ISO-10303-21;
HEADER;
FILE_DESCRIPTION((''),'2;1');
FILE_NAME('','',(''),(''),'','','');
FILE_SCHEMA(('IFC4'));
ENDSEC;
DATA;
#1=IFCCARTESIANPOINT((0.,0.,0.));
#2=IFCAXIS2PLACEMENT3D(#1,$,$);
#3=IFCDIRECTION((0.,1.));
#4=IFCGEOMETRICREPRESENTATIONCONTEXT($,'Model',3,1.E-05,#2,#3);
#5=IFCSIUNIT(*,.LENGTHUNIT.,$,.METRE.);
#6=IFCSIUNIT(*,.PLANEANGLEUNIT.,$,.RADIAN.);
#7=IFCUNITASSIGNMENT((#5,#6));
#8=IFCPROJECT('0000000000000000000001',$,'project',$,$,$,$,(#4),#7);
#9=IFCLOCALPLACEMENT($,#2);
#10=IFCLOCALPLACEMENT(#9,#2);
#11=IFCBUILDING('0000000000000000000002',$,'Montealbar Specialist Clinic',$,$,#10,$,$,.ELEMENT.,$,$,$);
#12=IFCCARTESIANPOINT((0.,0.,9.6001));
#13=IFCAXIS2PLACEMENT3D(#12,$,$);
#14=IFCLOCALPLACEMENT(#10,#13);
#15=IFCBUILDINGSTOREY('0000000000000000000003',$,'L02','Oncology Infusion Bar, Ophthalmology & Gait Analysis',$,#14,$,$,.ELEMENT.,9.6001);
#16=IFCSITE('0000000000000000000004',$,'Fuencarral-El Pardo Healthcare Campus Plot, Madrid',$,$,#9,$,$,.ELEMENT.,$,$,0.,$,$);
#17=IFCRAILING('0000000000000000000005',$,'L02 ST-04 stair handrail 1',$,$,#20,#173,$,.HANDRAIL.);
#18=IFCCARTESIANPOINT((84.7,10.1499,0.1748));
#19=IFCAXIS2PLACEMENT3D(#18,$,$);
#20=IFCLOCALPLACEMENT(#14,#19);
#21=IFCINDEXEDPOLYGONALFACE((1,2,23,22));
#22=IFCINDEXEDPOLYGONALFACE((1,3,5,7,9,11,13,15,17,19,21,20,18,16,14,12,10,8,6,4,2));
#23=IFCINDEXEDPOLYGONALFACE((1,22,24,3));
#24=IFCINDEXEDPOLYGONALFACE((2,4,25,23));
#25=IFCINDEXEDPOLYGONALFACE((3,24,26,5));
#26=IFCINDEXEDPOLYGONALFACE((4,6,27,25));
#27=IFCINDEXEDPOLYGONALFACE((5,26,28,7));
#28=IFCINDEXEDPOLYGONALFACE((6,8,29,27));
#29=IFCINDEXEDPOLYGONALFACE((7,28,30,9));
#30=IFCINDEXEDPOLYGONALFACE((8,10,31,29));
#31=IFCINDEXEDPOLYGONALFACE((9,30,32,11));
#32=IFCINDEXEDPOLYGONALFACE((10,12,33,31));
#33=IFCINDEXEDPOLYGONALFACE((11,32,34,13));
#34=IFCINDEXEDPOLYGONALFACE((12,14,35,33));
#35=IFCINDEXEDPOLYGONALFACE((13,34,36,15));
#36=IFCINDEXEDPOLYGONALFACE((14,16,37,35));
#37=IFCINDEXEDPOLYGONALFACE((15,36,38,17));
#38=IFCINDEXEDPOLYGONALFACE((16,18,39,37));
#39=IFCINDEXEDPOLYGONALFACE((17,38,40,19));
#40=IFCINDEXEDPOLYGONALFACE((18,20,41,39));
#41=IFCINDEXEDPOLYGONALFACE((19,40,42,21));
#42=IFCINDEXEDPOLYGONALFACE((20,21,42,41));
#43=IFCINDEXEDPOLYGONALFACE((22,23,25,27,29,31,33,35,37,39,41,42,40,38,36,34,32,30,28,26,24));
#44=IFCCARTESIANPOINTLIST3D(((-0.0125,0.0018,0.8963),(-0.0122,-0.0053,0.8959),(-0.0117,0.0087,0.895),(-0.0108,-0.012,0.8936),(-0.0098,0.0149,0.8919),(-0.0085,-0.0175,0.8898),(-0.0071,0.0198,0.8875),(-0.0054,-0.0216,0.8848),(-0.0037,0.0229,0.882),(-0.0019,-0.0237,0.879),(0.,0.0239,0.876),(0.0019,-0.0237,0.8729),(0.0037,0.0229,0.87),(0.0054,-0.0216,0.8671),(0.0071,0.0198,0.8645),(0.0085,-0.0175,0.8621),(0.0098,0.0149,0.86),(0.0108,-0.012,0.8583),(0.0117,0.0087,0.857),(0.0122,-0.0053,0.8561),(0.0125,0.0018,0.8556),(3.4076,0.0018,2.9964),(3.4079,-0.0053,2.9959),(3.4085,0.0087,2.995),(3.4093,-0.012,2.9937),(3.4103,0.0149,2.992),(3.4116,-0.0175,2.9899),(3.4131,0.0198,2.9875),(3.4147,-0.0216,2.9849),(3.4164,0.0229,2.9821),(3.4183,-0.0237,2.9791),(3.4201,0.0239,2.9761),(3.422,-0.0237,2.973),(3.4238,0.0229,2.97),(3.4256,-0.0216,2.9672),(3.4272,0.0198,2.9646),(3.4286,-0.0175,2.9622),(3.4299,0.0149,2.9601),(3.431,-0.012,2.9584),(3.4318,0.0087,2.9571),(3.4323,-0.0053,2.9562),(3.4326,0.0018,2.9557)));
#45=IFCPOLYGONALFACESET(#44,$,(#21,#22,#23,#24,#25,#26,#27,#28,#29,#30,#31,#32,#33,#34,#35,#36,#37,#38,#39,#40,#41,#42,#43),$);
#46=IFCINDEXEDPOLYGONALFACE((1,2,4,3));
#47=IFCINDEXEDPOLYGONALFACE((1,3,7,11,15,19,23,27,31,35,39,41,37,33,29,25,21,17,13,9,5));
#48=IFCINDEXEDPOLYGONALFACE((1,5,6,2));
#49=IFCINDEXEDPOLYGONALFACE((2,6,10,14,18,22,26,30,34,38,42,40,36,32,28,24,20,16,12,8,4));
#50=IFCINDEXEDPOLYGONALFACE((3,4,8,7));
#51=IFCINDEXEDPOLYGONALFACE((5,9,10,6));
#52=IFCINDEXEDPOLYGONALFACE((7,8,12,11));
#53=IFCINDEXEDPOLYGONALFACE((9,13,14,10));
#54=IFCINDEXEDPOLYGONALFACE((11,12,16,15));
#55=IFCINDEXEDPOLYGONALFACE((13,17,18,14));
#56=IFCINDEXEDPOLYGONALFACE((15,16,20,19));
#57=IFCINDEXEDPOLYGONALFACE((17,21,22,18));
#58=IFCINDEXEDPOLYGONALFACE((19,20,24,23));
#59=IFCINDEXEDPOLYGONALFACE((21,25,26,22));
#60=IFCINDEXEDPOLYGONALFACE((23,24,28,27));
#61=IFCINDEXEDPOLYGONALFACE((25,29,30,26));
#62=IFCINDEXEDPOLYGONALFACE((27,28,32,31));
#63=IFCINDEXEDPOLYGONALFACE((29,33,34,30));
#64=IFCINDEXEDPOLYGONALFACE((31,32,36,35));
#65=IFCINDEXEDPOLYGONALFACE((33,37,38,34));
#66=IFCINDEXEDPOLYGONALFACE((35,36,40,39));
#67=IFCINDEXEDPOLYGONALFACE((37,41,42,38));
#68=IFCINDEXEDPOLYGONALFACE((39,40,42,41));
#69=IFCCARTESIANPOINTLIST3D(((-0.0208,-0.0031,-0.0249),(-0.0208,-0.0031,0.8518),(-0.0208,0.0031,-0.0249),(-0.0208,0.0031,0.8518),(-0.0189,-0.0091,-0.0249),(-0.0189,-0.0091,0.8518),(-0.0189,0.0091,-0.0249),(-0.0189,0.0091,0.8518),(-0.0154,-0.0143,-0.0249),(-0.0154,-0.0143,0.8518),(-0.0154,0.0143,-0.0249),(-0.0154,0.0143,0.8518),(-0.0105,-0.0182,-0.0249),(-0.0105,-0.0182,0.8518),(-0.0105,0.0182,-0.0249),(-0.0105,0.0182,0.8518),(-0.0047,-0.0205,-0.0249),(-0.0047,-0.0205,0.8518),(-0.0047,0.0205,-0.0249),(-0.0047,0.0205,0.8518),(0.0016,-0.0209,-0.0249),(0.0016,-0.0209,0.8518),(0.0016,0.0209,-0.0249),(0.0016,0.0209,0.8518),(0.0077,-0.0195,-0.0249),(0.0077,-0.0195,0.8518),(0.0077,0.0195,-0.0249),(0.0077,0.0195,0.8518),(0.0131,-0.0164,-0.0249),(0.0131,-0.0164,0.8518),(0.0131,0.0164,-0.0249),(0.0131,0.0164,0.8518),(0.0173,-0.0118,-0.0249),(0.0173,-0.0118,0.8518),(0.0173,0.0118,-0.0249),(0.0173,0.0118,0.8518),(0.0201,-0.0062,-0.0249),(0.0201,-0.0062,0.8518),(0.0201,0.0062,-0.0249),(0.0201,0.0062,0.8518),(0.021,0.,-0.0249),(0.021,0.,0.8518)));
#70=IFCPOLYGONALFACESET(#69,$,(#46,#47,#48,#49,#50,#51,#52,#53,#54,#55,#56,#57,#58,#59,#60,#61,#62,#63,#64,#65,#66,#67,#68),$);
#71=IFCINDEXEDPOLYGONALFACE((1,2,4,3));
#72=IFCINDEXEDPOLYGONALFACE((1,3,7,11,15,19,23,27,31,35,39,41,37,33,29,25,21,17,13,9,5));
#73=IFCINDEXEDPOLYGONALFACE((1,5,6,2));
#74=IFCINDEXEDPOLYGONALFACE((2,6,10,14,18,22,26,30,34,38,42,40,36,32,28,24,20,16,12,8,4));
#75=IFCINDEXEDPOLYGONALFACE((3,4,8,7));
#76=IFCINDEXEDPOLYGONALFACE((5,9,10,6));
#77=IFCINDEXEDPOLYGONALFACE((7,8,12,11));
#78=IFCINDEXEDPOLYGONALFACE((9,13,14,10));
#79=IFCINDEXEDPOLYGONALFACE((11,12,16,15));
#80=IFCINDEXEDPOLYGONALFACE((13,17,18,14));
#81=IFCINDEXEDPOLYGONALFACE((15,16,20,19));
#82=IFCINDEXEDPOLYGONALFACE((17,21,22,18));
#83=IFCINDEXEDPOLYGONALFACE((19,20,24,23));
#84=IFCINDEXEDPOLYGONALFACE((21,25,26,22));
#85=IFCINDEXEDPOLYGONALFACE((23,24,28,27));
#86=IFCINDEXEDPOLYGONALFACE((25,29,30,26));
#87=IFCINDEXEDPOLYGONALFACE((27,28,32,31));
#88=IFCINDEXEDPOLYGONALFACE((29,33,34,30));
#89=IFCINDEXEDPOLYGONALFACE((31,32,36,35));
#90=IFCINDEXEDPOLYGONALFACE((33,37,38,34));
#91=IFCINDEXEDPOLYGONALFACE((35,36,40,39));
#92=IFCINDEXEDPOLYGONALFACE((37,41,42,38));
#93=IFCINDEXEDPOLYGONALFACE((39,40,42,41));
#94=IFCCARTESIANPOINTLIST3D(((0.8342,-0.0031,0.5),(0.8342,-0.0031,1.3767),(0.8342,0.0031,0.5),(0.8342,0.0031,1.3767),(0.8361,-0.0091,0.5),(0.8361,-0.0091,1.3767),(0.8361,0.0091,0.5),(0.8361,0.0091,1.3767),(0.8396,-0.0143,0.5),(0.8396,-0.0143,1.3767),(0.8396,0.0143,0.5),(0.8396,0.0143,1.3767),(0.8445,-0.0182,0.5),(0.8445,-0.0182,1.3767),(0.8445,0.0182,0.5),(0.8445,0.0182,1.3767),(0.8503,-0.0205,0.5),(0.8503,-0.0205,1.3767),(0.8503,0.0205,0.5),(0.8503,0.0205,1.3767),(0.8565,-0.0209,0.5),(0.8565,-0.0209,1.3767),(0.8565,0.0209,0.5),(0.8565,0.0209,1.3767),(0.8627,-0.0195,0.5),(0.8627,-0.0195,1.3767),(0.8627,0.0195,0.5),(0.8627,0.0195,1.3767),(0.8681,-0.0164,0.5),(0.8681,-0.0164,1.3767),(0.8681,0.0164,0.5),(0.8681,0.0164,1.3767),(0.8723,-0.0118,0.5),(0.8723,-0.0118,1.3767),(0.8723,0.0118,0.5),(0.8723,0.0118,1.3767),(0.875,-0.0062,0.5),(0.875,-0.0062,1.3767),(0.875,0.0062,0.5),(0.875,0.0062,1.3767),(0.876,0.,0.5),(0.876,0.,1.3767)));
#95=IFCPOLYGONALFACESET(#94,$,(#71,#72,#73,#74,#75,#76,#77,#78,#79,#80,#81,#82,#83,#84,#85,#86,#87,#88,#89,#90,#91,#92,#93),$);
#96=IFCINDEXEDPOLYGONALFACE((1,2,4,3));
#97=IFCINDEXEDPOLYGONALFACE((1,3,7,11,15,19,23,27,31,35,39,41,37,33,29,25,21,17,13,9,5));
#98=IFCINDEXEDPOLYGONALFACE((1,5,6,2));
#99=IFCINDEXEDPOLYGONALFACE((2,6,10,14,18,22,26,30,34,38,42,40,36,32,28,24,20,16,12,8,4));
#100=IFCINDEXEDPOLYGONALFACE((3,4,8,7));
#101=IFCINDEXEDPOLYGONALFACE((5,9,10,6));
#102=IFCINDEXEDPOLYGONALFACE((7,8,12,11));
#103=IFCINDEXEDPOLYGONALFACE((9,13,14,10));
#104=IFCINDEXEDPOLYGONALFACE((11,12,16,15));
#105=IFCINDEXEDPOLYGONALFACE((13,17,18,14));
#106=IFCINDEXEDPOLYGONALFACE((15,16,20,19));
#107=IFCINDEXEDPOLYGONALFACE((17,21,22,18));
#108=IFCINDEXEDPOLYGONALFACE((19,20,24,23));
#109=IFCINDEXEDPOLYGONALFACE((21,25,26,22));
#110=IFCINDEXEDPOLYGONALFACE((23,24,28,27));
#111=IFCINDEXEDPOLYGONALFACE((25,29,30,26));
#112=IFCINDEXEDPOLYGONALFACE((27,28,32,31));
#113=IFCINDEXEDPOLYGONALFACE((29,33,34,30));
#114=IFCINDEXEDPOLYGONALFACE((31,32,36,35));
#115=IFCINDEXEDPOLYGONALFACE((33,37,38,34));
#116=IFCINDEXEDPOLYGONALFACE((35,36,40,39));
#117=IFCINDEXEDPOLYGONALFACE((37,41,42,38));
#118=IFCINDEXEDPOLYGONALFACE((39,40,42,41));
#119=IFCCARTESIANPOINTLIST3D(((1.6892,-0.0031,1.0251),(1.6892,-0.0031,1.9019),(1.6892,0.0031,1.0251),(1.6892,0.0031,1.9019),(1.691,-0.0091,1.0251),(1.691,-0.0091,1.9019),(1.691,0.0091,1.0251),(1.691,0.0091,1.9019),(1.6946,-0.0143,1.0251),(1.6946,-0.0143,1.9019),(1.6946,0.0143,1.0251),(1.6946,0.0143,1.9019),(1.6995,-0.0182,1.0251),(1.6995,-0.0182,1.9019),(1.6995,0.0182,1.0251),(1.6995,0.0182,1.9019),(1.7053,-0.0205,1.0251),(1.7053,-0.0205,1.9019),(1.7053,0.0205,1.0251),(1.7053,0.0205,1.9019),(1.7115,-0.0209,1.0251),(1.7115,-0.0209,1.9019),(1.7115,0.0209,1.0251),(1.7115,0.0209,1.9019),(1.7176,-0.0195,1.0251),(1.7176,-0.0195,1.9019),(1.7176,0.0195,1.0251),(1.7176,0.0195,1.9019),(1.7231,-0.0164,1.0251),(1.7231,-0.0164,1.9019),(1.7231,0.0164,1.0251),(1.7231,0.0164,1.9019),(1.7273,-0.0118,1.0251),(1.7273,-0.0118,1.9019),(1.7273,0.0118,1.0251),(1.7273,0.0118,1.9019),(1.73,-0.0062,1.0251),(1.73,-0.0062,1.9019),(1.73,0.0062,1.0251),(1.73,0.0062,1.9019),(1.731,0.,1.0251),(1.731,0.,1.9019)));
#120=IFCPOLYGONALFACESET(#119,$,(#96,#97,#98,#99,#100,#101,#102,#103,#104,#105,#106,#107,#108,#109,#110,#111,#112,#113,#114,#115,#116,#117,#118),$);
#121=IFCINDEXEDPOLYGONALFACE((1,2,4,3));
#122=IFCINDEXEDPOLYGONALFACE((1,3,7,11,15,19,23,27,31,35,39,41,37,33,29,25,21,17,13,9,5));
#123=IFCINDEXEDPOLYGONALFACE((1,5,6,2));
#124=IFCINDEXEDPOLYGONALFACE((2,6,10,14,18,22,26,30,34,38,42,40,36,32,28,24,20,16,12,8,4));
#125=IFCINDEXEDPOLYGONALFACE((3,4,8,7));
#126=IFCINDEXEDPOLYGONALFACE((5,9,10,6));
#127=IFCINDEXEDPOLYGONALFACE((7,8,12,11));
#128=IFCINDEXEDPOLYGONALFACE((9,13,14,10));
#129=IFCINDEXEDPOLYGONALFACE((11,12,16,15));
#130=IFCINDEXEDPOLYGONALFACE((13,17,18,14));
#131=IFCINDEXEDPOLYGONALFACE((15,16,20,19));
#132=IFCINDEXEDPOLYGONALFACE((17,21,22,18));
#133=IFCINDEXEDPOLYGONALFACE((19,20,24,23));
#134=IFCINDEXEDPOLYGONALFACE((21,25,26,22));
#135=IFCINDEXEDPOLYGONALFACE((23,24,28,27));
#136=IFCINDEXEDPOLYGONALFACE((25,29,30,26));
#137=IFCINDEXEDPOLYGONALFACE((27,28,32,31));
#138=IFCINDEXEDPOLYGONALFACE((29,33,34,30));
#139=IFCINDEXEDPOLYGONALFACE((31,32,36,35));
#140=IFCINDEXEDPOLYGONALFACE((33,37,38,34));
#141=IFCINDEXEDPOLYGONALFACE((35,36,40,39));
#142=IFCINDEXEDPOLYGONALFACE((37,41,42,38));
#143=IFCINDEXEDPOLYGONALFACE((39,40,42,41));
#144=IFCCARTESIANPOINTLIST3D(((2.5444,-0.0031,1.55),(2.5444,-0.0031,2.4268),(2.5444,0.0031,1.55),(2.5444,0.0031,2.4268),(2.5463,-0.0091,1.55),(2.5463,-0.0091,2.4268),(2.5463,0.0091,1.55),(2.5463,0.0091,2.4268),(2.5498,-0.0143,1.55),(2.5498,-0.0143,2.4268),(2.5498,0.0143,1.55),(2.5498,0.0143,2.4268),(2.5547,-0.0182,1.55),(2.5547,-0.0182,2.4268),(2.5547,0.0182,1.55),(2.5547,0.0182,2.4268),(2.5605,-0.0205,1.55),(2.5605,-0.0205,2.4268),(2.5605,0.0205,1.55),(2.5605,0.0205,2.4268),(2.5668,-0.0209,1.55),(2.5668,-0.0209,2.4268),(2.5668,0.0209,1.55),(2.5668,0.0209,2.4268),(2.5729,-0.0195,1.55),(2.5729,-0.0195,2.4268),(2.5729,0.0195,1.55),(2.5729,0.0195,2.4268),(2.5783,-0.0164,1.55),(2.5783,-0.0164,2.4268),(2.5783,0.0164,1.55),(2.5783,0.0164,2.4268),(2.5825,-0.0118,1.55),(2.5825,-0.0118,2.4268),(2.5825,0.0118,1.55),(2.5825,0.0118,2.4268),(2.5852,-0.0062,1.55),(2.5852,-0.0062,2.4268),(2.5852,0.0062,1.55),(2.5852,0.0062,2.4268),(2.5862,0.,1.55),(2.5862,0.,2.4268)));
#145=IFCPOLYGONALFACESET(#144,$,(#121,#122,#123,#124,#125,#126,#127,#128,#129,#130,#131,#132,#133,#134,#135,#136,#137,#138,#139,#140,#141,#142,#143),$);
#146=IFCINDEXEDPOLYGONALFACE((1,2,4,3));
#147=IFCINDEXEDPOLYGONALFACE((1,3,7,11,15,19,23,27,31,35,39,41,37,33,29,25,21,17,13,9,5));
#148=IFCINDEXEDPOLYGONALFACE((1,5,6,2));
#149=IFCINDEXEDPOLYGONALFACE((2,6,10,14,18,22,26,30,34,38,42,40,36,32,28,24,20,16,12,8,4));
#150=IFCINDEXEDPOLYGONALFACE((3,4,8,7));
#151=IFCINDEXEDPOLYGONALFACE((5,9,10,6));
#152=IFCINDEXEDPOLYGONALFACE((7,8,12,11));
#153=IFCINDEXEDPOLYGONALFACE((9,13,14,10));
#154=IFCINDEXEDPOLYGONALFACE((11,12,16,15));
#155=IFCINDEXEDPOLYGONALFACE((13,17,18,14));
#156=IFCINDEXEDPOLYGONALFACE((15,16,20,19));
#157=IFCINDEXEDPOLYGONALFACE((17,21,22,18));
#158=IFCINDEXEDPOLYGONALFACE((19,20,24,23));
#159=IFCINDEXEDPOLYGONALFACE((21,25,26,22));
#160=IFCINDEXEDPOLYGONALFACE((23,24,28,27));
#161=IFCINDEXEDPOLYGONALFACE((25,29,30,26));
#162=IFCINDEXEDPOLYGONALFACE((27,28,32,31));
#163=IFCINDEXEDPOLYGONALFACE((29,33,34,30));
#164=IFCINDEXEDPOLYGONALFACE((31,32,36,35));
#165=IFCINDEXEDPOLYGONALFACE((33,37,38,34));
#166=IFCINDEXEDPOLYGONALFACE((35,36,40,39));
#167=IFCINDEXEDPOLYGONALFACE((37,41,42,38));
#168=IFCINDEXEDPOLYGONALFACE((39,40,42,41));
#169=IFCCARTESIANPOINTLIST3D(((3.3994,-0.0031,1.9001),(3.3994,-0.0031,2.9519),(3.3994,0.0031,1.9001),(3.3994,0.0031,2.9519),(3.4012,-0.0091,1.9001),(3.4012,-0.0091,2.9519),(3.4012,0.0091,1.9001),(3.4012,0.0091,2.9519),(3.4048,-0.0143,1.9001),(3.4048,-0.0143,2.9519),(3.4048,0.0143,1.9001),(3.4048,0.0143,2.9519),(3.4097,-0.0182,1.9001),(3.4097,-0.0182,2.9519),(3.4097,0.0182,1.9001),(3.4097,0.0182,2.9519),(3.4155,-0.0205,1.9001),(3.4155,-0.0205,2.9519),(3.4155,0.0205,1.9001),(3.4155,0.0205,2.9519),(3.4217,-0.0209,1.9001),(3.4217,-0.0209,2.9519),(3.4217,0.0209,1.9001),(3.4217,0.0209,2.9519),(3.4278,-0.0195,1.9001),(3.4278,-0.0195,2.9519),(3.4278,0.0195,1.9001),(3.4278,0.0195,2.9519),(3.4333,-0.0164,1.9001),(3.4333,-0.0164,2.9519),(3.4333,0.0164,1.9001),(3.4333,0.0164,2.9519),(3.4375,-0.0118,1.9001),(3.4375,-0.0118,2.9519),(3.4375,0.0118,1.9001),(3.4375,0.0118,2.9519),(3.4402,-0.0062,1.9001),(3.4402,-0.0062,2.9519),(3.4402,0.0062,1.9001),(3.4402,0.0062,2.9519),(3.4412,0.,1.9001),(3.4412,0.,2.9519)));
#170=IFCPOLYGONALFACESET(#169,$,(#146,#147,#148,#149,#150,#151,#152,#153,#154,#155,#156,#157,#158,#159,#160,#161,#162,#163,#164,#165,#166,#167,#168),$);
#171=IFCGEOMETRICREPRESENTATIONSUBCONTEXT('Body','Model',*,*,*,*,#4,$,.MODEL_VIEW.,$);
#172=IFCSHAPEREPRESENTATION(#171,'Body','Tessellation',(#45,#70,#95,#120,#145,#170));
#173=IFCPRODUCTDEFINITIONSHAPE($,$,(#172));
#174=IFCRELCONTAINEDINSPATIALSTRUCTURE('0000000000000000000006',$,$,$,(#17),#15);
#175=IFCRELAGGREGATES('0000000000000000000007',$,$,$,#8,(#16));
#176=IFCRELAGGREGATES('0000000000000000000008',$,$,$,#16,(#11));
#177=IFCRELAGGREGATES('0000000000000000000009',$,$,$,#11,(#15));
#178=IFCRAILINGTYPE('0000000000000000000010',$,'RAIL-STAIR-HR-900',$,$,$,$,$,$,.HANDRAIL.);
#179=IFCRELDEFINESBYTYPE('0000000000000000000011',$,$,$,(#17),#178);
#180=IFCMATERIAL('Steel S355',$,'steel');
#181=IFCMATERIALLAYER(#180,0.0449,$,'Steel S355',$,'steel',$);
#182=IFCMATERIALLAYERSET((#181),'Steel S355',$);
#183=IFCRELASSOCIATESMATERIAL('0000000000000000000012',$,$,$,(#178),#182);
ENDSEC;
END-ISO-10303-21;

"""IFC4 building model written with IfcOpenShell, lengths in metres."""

from ifc_helpers import new_model, si_unit, direction, frame, origin, origin_2d, place, context, subcontext, project, spatial, circle, extrude, material, layer, layer_set, type_object, element, save


model = new_model("IFC4")

# Units and contexts
model_context = context("Model", 3, precision=1e-05, world=origin(), true_north=direction((0.0, 1.0)))
body_context = subcontext(model_context, "Body", "Model", "MODEL_VIEW")
ifc_project = project(units=[si_unit("LENGTHUNIT", "METRE"), si_unit("PLANEANGLEUNIT", "RADIAN")], contexts=[model_context])

# Site, building, storey
site_placement = place(None, origin())
site = spatial("IfcSite", under=ifc_project, at=site_placement, Name="Fuencarral-El Pardo Healthcare Campus Plot, Madrid", CompositionType="ELEMENT", RefElevation=0.0)
building_placement = place(site_placement, origin())
building = spatial("IfcBuilding", under=site, at=building_placement, Name="Montealbar Specialist Clinic", CompositionType="ELEMENT")
storey_placement = place(building_placement, frame((0.0, 0.0, 9.6001)))
storey = spatial("IfcBuildingStorey", under=building, at=storey_placement, Name="L02", Description="Oncology Infusion Bar, Ophthalmology & Gait Analysis", CompositionType="ELEMENT", Elevation=9.6001)

# Shared definitions
ifc_material_1 = material(Name="Steel S355", Category="steel")

# Railing
ifc_layer_1 = layer(ifc_material_1, 0.0449, Name="Steel S355", Category="steel")
ifc_layer_set_1 = layer_set([ifc_layer_1], Name="Steel S355")
railing_type_1 = type_object("IfcRailingType", Name="RAIL-STAIR-HR-900", PredefinedType="HANDRAIL", material=ifc_layer_set_1)
railing_1_placement = place(storey_placement, frame((84.7, 10.1499, 0.1748)))
element("IfcRailing", 1, at=railing_1_placement, inside=storey, type_object=railing_type_1, Name="L02 ST-04 stair handrail 1", PredefinedType="HANDRAIL", context=body_context, shape_type="SweptSolid", body=[
    extrude(circle(Radius=0.0239, at=origin_2d()), frame((0.0, 0.0, 0.876), z_axis=(0.852172, 0.0, 0.523262), x_axis=(0.0, 1.0, 0.0)), (0.0, 0.0, 1.0), 4.0134),
    extrude(circle(Radius=0.021, at=origin_2d()), frame((0.0, 0.0, -0.0249)), (0.0, 0.0, 1.0), 0.8767),
    extrude(circle(Radius=0.021, at=origin_2d()), frame((0.855, 0.0, 0.5)), (0.0, 0.0, 1.0), 0.8767),
    extrude(circle(Radius=0.021, at=origin_2d()), frame((1.71, 0.0, 1.0251)), (0.0, 0.0, 1.0), 0.8767),
    extrude(circle(Radius=0.021, at=origin_2d()), frame((2.5652, 0.0, 1.55)), (0.0, 0.0, 1.0), 0.8767),
    extrude(circle(Radius=0.021, at=origin_2d()), frame((3.4202, 0.0, 1.9001)), (0.0, 0.0, 1.0), 1.0518),
])

save(model, "model.ifc")
